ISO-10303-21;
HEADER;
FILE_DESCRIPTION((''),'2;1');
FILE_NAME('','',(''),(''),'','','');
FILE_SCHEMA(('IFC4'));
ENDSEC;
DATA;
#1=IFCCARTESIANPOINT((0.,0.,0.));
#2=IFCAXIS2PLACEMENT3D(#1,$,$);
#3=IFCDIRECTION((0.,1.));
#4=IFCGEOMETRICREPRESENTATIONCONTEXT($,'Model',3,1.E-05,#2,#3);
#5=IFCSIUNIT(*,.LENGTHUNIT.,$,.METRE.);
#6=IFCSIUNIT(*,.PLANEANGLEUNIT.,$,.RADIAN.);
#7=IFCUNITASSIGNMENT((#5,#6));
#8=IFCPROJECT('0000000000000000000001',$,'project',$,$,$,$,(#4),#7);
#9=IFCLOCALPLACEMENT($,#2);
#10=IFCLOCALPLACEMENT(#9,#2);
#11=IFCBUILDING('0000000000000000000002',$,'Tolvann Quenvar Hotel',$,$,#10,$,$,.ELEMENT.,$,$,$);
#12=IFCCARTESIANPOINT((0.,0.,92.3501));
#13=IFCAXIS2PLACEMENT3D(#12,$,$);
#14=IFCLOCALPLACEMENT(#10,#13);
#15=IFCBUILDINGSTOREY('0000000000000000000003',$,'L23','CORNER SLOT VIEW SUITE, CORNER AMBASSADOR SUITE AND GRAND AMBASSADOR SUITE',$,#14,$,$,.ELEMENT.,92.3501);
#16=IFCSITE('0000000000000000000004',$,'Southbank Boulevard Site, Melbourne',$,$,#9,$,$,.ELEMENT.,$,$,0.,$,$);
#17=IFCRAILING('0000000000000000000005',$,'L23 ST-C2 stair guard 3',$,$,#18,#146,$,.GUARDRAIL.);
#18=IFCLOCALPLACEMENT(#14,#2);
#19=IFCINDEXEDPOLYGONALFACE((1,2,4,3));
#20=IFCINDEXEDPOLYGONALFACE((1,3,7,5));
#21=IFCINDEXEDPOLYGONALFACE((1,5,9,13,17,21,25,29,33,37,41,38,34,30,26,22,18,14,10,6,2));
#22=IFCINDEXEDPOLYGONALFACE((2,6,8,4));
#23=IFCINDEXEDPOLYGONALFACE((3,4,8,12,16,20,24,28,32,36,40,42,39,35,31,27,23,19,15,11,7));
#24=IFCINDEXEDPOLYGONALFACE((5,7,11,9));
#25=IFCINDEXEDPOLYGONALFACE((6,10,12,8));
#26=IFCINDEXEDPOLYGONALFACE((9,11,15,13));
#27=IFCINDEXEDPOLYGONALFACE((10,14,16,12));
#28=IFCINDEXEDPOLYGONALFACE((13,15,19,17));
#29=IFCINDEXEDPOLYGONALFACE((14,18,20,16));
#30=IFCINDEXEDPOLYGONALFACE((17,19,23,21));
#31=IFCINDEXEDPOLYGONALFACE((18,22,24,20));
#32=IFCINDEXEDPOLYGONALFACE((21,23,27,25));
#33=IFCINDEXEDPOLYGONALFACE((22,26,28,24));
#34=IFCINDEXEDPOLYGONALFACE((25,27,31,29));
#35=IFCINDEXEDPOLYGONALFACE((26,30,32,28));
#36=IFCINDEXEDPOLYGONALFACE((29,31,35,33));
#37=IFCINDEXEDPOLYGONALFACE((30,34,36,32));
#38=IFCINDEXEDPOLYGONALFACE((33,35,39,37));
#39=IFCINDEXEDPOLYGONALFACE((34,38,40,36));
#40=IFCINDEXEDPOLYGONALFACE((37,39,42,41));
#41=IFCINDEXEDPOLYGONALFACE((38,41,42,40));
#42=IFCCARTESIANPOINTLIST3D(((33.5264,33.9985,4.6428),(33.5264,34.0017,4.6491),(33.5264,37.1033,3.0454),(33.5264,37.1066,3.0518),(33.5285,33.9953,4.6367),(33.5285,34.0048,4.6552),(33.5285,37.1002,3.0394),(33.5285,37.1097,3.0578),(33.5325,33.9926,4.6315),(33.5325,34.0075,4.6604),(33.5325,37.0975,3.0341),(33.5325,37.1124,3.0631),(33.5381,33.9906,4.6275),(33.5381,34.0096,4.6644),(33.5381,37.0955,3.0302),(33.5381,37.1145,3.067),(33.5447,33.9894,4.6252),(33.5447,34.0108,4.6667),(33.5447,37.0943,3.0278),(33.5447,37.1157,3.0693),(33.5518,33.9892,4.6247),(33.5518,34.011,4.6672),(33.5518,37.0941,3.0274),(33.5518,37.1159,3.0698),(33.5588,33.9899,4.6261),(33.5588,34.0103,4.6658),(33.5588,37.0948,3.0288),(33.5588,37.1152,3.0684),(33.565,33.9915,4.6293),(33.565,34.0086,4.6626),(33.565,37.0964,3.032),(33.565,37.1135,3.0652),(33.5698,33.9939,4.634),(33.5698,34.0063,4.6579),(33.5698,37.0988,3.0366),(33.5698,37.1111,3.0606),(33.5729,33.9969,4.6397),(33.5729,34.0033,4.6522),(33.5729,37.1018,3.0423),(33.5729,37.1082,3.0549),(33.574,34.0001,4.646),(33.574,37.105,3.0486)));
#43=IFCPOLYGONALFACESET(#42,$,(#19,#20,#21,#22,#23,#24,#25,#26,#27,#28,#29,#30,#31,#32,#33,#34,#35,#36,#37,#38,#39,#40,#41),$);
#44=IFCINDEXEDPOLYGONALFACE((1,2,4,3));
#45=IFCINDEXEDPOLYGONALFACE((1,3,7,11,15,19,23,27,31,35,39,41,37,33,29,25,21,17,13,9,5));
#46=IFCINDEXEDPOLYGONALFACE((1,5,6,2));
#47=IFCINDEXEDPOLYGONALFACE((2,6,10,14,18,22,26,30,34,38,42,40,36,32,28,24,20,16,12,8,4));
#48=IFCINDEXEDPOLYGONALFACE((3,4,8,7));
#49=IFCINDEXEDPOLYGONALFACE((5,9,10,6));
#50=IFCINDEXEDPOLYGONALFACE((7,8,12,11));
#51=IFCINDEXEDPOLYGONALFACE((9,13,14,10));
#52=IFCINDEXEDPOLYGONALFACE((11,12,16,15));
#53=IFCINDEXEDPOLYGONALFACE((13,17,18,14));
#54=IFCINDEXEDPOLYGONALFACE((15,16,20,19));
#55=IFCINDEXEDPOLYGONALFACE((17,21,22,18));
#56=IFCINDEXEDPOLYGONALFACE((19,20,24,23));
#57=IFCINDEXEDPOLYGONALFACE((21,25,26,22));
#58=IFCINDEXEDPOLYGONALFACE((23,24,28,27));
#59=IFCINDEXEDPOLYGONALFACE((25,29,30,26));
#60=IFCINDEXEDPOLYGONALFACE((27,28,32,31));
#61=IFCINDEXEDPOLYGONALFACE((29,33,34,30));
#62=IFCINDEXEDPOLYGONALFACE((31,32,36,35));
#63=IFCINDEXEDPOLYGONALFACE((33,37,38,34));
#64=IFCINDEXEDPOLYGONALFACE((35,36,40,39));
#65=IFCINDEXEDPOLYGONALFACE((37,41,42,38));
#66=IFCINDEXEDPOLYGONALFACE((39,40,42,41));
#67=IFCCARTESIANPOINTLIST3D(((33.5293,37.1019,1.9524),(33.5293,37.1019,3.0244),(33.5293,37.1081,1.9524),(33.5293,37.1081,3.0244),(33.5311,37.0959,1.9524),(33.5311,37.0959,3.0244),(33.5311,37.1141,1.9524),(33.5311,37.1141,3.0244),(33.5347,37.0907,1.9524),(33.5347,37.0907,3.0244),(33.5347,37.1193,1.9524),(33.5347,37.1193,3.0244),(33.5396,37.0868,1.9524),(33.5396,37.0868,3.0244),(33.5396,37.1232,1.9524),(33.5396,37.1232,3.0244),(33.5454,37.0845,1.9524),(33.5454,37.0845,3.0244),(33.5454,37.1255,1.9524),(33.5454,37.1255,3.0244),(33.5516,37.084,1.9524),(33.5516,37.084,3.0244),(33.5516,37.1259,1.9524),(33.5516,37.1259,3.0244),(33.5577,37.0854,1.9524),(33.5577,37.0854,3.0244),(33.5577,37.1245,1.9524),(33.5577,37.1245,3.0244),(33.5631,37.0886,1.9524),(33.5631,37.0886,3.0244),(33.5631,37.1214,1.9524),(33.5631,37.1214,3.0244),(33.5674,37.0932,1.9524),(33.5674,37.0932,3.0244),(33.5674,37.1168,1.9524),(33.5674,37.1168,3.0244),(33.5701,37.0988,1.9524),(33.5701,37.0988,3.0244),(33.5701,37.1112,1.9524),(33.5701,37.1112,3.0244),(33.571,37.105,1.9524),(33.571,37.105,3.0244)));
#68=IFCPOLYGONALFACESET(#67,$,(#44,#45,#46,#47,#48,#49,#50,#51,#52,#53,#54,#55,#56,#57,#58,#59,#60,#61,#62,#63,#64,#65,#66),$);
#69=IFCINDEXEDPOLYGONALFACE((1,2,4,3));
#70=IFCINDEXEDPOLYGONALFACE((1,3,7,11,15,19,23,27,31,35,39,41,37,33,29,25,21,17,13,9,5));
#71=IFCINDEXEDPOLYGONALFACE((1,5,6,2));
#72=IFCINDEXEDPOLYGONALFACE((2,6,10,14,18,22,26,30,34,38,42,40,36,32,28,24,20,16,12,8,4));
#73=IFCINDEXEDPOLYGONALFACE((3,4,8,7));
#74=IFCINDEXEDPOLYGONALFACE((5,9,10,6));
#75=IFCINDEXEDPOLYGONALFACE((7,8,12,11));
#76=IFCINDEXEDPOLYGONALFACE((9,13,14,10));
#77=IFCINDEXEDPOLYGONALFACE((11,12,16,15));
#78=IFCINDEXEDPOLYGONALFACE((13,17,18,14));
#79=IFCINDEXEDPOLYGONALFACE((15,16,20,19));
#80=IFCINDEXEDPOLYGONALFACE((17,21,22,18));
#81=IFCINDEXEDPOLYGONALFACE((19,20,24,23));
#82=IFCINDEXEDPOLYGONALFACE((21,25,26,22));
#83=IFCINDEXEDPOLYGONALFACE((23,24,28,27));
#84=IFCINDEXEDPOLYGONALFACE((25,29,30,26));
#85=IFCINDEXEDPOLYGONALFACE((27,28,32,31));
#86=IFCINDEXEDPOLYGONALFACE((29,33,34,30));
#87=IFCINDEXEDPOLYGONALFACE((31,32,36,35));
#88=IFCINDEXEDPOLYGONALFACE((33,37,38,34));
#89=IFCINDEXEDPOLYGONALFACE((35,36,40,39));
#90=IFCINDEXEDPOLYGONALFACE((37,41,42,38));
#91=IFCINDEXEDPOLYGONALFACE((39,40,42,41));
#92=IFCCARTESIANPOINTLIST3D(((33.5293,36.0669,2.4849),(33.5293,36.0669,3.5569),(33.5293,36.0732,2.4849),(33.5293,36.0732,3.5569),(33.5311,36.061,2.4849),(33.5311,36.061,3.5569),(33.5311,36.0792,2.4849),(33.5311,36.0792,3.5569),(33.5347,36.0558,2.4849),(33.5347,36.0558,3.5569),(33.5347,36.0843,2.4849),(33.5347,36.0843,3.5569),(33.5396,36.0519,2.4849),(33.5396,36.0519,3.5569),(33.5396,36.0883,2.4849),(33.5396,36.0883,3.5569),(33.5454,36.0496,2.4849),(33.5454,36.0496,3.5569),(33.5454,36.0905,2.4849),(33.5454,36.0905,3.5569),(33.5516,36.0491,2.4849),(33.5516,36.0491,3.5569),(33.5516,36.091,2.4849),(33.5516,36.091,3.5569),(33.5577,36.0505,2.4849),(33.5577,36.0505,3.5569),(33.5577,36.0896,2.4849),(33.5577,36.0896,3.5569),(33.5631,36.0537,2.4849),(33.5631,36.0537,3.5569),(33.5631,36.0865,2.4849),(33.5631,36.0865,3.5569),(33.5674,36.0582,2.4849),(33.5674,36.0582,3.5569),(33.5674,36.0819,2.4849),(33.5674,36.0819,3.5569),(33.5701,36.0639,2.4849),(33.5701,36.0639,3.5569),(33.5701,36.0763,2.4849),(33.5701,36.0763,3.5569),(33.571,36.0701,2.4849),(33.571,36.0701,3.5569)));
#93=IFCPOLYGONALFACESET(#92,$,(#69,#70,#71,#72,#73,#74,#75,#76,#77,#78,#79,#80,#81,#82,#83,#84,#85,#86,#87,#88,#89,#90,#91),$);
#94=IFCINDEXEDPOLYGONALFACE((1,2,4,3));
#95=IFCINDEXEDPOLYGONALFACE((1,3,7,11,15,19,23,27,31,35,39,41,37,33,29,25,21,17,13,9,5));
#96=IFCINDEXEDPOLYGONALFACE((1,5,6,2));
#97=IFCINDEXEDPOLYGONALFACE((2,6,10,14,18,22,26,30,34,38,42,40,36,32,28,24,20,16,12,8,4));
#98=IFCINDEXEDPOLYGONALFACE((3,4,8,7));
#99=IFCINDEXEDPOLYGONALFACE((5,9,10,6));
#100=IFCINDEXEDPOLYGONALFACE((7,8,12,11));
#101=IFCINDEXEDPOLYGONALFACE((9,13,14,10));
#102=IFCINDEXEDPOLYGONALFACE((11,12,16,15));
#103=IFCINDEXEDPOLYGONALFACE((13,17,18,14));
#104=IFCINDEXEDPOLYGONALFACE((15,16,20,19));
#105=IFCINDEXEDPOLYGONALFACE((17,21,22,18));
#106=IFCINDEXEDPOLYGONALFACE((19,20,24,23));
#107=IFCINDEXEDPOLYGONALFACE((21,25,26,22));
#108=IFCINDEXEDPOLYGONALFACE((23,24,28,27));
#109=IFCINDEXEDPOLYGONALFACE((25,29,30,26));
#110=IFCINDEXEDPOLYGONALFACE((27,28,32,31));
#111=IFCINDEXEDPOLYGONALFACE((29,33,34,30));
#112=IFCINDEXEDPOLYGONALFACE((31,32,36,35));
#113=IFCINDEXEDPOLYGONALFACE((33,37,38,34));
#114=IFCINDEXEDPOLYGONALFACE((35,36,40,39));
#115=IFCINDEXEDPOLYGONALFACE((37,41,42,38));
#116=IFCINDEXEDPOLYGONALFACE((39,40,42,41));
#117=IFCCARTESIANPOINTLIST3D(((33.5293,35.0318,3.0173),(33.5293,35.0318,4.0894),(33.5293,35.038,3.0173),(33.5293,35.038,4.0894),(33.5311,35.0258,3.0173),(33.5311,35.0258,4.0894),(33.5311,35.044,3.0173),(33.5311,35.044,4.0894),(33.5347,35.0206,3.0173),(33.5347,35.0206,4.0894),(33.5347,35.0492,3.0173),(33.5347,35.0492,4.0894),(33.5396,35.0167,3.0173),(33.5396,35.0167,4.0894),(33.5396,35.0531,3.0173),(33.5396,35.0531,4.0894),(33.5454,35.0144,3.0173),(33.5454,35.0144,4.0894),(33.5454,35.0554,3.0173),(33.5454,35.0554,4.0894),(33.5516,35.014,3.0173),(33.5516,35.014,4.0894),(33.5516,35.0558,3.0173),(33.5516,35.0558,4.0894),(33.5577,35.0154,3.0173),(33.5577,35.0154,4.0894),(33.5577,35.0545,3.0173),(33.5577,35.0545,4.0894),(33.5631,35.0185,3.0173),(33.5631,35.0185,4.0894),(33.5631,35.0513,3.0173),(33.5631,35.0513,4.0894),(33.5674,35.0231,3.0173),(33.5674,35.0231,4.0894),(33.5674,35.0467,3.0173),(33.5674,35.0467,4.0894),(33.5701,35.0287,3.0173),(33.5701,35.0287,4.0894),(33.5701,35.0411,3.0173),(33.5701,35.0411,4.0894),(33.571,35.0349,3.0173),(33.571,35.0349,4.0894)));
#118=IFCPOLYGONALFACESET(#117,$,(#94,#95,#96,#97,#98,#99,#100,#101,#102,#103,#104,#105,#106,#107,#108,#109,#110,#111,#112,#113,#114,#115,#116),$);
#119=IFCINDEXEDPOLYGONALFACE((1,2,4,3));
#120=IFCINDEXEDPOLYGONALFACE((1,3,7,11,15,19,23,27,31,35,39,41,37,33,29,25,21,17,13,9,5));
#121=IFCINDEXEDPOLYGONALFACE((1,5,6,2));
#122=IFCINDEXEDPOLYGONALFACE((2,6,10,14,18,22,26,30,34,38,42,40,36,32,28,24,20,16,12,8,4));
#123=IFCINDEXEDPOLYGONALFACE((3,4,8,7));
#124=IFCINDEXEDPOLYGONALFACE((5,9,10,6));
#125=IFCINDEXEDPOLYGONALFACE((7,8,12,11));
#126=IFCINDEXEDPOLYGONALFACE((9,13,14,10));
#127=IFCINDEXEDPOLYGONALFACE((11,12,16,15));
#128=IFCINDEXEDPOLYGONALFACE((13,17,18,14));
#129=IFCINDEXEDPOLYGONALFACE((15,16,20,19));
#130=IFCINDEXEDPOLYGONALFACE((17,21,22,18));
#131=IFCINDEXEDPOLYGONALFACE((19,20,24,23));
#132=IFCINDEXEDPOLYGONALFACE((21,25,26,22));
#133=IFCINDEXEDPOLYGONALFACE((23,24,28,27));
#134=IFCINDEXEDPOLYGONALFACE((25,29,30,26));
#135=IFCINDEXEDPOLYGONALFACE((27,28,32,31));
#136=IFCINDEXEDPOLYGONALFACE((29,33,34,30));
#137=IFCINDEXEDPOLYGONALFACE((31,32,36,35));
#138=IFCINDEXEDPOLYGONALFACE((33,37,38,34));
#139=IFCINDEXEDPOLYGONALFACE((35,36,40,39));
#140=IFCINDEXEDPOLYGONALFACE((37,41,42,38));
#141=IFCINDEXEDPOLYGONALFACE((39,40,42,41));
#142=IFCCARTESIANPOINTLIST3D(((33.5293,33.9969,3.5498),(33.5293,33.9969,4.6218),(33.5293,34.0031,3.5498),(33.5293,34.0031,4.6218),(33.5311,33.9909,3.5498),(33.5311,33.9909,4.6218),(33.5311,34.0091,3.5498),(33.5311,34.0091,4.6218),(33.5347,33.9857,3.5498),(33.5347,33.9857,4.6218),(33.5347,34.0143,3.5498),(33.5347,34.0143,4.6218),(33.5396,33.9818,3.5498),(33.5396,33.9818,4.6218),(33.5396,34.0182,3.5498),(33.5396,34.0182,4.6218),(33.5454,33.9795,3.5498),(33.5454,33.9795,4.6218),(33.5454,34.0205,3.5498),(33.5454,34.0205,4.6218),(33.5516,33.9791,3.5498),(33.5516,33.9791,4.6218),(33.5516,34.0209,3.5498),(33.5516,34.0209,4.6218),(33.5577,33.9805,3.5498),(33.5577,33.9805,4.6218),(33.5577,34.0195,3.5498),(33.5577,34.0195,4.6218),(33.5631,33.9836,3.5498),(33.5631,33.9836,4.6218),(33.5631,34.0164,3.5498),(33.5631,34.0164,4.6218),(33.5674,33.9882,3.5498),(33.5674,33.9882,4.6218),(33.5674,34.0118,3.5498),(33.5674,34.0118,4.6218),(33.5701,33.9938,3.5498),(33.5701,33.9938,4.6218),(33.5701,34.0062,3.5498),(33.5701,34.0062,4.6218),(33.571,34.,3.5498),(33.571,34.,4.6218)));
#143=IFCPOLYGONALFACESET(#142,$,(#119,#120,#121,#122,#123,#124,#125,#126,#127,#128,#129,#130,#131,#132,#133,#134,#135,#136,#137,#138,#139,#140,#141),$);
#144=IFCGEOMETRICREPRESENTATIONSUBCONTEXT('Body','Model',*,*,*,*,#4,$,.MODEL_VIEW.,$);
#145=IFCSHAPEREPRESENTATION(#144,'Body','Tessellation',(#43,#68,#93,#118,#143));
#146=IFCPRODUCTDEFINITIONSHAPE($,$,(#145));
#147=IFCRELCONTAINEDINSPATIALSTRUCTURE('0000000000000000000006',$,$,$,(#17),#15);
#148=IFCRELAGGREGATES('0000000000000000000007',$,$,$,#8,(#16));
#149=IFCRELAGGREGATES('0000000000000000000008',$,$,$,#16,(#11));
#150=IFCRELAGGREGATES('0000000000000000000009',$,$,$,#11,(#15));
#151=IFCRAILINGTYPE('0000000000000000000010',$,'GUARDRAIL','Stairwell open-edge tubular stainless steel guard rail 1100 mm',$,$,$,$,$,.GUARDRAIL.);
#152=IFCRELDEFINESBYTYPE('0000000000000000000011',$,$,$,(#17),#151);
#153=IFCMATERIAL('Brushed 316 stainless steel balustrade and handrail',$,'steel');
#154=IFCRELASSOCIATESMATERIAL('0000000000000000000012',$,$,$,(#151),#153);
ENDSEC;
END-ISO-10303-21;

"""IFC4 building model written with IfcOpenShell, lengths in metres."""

from ifc_helpers import new_model, si_unit, direction, frame, origin, origin_2d, place, context, subcontext, project, spatial, circle, extrude, material, type_object, element, save


model = new_model("IFC4")

# Units and contexts
model_context = context("Model", 3, precision=1e-05, world=origin(), true_north=direction((0.0, 1.0)))
body_context = subcontext(model_context, "Body", "Model", "MODEL_VIEW")
ifc_project = project(units=[si_unit("LENGTHUNIT", "METRE"), si_unit("PLANEANGLEUNIT", "RADIAN")], contexts=[model_context])

# Site, building, storey
site_placement = place(None, origin())
site = spatial("IfcSite", under=ifc_project, at=site_placement, Name="Southbank Boulevard Site, Melbourne", CompositionType="ELEMENT", RefElevation=0.0)
building_placement = place(site_placement, origin())
building = spatial("IfcBuilding", under=site, at=building_placement, Name="Tolvann Quenvar Hotel", CompositionType="ELEMENT")
storey_placement = place(building_placement, frame((0.0, 0.0, 92.3501)))
storey = spatial("IfcBuildingStorey", under=building, at=storey_placement, Name="L23", Description="CORNER SLOT VIEW SUITE, CORNER AMBASSADOR SUITE AND GRAND AMBASSADOR SUITE", CompositionType="ELEMENT", Elevation=92.3501)

# Railing
ifc_material_1 = material(Name="Brushed 316 stainless steel balustrade and handrail", Category="steel")
railing_type_1 = type_object("IfcRailingType", Name="GUARDRAIL", Description="Stairwell open-edge tubular stainless steel guard rail 1100 mm", PredefinedType="GUARDRAIL", material=ifc_material_1)
railing_1_placement = place(storey_placement, frame((33.55, 37.105, 1.9524)))
element("IfcRailing", 1, at=railing_1_placement, inside=storey, type_object=railing_type_1, Name="L23 ST-C2 stair guard 3", PredefinedType="GUARDRAIL", context=body_context, shape_type="SweptSolid", body=[
    extrude(circle(Radius=0.0239, at=origin_2d()), frame((0.0, 0.0, 1.0962), z_axis=(0.0, -0.889222, 0.457476), x_axis=(1.0, 0.0, 0.0)), (0.0, 0.0, 1.0), 3.4917),
    extrude(circle(Radius=0.021, at=origin_2d()), origin(), (0.0, 0.0, 1.0), 1.072),
    extrude(circle(Radius=0.021, at=origin_2d()), frame((0.0, -1.0349, 0.5325)), (0.0, 0.0, 1.0), 1.072),
    extrude(circle(Radius=0.021, at=origin_2d()), frame((0.0, -2.0701, 1.0649)), (0.0, 0.0, 1.0), 1.072),
    extrude(circle(Radius=0.021, at=origin_2d()), frame((0.0, -3.105, 1.5974)), (0.0, 0.0, 1.0), 1.072),
])

save(model, "model.ifc")
